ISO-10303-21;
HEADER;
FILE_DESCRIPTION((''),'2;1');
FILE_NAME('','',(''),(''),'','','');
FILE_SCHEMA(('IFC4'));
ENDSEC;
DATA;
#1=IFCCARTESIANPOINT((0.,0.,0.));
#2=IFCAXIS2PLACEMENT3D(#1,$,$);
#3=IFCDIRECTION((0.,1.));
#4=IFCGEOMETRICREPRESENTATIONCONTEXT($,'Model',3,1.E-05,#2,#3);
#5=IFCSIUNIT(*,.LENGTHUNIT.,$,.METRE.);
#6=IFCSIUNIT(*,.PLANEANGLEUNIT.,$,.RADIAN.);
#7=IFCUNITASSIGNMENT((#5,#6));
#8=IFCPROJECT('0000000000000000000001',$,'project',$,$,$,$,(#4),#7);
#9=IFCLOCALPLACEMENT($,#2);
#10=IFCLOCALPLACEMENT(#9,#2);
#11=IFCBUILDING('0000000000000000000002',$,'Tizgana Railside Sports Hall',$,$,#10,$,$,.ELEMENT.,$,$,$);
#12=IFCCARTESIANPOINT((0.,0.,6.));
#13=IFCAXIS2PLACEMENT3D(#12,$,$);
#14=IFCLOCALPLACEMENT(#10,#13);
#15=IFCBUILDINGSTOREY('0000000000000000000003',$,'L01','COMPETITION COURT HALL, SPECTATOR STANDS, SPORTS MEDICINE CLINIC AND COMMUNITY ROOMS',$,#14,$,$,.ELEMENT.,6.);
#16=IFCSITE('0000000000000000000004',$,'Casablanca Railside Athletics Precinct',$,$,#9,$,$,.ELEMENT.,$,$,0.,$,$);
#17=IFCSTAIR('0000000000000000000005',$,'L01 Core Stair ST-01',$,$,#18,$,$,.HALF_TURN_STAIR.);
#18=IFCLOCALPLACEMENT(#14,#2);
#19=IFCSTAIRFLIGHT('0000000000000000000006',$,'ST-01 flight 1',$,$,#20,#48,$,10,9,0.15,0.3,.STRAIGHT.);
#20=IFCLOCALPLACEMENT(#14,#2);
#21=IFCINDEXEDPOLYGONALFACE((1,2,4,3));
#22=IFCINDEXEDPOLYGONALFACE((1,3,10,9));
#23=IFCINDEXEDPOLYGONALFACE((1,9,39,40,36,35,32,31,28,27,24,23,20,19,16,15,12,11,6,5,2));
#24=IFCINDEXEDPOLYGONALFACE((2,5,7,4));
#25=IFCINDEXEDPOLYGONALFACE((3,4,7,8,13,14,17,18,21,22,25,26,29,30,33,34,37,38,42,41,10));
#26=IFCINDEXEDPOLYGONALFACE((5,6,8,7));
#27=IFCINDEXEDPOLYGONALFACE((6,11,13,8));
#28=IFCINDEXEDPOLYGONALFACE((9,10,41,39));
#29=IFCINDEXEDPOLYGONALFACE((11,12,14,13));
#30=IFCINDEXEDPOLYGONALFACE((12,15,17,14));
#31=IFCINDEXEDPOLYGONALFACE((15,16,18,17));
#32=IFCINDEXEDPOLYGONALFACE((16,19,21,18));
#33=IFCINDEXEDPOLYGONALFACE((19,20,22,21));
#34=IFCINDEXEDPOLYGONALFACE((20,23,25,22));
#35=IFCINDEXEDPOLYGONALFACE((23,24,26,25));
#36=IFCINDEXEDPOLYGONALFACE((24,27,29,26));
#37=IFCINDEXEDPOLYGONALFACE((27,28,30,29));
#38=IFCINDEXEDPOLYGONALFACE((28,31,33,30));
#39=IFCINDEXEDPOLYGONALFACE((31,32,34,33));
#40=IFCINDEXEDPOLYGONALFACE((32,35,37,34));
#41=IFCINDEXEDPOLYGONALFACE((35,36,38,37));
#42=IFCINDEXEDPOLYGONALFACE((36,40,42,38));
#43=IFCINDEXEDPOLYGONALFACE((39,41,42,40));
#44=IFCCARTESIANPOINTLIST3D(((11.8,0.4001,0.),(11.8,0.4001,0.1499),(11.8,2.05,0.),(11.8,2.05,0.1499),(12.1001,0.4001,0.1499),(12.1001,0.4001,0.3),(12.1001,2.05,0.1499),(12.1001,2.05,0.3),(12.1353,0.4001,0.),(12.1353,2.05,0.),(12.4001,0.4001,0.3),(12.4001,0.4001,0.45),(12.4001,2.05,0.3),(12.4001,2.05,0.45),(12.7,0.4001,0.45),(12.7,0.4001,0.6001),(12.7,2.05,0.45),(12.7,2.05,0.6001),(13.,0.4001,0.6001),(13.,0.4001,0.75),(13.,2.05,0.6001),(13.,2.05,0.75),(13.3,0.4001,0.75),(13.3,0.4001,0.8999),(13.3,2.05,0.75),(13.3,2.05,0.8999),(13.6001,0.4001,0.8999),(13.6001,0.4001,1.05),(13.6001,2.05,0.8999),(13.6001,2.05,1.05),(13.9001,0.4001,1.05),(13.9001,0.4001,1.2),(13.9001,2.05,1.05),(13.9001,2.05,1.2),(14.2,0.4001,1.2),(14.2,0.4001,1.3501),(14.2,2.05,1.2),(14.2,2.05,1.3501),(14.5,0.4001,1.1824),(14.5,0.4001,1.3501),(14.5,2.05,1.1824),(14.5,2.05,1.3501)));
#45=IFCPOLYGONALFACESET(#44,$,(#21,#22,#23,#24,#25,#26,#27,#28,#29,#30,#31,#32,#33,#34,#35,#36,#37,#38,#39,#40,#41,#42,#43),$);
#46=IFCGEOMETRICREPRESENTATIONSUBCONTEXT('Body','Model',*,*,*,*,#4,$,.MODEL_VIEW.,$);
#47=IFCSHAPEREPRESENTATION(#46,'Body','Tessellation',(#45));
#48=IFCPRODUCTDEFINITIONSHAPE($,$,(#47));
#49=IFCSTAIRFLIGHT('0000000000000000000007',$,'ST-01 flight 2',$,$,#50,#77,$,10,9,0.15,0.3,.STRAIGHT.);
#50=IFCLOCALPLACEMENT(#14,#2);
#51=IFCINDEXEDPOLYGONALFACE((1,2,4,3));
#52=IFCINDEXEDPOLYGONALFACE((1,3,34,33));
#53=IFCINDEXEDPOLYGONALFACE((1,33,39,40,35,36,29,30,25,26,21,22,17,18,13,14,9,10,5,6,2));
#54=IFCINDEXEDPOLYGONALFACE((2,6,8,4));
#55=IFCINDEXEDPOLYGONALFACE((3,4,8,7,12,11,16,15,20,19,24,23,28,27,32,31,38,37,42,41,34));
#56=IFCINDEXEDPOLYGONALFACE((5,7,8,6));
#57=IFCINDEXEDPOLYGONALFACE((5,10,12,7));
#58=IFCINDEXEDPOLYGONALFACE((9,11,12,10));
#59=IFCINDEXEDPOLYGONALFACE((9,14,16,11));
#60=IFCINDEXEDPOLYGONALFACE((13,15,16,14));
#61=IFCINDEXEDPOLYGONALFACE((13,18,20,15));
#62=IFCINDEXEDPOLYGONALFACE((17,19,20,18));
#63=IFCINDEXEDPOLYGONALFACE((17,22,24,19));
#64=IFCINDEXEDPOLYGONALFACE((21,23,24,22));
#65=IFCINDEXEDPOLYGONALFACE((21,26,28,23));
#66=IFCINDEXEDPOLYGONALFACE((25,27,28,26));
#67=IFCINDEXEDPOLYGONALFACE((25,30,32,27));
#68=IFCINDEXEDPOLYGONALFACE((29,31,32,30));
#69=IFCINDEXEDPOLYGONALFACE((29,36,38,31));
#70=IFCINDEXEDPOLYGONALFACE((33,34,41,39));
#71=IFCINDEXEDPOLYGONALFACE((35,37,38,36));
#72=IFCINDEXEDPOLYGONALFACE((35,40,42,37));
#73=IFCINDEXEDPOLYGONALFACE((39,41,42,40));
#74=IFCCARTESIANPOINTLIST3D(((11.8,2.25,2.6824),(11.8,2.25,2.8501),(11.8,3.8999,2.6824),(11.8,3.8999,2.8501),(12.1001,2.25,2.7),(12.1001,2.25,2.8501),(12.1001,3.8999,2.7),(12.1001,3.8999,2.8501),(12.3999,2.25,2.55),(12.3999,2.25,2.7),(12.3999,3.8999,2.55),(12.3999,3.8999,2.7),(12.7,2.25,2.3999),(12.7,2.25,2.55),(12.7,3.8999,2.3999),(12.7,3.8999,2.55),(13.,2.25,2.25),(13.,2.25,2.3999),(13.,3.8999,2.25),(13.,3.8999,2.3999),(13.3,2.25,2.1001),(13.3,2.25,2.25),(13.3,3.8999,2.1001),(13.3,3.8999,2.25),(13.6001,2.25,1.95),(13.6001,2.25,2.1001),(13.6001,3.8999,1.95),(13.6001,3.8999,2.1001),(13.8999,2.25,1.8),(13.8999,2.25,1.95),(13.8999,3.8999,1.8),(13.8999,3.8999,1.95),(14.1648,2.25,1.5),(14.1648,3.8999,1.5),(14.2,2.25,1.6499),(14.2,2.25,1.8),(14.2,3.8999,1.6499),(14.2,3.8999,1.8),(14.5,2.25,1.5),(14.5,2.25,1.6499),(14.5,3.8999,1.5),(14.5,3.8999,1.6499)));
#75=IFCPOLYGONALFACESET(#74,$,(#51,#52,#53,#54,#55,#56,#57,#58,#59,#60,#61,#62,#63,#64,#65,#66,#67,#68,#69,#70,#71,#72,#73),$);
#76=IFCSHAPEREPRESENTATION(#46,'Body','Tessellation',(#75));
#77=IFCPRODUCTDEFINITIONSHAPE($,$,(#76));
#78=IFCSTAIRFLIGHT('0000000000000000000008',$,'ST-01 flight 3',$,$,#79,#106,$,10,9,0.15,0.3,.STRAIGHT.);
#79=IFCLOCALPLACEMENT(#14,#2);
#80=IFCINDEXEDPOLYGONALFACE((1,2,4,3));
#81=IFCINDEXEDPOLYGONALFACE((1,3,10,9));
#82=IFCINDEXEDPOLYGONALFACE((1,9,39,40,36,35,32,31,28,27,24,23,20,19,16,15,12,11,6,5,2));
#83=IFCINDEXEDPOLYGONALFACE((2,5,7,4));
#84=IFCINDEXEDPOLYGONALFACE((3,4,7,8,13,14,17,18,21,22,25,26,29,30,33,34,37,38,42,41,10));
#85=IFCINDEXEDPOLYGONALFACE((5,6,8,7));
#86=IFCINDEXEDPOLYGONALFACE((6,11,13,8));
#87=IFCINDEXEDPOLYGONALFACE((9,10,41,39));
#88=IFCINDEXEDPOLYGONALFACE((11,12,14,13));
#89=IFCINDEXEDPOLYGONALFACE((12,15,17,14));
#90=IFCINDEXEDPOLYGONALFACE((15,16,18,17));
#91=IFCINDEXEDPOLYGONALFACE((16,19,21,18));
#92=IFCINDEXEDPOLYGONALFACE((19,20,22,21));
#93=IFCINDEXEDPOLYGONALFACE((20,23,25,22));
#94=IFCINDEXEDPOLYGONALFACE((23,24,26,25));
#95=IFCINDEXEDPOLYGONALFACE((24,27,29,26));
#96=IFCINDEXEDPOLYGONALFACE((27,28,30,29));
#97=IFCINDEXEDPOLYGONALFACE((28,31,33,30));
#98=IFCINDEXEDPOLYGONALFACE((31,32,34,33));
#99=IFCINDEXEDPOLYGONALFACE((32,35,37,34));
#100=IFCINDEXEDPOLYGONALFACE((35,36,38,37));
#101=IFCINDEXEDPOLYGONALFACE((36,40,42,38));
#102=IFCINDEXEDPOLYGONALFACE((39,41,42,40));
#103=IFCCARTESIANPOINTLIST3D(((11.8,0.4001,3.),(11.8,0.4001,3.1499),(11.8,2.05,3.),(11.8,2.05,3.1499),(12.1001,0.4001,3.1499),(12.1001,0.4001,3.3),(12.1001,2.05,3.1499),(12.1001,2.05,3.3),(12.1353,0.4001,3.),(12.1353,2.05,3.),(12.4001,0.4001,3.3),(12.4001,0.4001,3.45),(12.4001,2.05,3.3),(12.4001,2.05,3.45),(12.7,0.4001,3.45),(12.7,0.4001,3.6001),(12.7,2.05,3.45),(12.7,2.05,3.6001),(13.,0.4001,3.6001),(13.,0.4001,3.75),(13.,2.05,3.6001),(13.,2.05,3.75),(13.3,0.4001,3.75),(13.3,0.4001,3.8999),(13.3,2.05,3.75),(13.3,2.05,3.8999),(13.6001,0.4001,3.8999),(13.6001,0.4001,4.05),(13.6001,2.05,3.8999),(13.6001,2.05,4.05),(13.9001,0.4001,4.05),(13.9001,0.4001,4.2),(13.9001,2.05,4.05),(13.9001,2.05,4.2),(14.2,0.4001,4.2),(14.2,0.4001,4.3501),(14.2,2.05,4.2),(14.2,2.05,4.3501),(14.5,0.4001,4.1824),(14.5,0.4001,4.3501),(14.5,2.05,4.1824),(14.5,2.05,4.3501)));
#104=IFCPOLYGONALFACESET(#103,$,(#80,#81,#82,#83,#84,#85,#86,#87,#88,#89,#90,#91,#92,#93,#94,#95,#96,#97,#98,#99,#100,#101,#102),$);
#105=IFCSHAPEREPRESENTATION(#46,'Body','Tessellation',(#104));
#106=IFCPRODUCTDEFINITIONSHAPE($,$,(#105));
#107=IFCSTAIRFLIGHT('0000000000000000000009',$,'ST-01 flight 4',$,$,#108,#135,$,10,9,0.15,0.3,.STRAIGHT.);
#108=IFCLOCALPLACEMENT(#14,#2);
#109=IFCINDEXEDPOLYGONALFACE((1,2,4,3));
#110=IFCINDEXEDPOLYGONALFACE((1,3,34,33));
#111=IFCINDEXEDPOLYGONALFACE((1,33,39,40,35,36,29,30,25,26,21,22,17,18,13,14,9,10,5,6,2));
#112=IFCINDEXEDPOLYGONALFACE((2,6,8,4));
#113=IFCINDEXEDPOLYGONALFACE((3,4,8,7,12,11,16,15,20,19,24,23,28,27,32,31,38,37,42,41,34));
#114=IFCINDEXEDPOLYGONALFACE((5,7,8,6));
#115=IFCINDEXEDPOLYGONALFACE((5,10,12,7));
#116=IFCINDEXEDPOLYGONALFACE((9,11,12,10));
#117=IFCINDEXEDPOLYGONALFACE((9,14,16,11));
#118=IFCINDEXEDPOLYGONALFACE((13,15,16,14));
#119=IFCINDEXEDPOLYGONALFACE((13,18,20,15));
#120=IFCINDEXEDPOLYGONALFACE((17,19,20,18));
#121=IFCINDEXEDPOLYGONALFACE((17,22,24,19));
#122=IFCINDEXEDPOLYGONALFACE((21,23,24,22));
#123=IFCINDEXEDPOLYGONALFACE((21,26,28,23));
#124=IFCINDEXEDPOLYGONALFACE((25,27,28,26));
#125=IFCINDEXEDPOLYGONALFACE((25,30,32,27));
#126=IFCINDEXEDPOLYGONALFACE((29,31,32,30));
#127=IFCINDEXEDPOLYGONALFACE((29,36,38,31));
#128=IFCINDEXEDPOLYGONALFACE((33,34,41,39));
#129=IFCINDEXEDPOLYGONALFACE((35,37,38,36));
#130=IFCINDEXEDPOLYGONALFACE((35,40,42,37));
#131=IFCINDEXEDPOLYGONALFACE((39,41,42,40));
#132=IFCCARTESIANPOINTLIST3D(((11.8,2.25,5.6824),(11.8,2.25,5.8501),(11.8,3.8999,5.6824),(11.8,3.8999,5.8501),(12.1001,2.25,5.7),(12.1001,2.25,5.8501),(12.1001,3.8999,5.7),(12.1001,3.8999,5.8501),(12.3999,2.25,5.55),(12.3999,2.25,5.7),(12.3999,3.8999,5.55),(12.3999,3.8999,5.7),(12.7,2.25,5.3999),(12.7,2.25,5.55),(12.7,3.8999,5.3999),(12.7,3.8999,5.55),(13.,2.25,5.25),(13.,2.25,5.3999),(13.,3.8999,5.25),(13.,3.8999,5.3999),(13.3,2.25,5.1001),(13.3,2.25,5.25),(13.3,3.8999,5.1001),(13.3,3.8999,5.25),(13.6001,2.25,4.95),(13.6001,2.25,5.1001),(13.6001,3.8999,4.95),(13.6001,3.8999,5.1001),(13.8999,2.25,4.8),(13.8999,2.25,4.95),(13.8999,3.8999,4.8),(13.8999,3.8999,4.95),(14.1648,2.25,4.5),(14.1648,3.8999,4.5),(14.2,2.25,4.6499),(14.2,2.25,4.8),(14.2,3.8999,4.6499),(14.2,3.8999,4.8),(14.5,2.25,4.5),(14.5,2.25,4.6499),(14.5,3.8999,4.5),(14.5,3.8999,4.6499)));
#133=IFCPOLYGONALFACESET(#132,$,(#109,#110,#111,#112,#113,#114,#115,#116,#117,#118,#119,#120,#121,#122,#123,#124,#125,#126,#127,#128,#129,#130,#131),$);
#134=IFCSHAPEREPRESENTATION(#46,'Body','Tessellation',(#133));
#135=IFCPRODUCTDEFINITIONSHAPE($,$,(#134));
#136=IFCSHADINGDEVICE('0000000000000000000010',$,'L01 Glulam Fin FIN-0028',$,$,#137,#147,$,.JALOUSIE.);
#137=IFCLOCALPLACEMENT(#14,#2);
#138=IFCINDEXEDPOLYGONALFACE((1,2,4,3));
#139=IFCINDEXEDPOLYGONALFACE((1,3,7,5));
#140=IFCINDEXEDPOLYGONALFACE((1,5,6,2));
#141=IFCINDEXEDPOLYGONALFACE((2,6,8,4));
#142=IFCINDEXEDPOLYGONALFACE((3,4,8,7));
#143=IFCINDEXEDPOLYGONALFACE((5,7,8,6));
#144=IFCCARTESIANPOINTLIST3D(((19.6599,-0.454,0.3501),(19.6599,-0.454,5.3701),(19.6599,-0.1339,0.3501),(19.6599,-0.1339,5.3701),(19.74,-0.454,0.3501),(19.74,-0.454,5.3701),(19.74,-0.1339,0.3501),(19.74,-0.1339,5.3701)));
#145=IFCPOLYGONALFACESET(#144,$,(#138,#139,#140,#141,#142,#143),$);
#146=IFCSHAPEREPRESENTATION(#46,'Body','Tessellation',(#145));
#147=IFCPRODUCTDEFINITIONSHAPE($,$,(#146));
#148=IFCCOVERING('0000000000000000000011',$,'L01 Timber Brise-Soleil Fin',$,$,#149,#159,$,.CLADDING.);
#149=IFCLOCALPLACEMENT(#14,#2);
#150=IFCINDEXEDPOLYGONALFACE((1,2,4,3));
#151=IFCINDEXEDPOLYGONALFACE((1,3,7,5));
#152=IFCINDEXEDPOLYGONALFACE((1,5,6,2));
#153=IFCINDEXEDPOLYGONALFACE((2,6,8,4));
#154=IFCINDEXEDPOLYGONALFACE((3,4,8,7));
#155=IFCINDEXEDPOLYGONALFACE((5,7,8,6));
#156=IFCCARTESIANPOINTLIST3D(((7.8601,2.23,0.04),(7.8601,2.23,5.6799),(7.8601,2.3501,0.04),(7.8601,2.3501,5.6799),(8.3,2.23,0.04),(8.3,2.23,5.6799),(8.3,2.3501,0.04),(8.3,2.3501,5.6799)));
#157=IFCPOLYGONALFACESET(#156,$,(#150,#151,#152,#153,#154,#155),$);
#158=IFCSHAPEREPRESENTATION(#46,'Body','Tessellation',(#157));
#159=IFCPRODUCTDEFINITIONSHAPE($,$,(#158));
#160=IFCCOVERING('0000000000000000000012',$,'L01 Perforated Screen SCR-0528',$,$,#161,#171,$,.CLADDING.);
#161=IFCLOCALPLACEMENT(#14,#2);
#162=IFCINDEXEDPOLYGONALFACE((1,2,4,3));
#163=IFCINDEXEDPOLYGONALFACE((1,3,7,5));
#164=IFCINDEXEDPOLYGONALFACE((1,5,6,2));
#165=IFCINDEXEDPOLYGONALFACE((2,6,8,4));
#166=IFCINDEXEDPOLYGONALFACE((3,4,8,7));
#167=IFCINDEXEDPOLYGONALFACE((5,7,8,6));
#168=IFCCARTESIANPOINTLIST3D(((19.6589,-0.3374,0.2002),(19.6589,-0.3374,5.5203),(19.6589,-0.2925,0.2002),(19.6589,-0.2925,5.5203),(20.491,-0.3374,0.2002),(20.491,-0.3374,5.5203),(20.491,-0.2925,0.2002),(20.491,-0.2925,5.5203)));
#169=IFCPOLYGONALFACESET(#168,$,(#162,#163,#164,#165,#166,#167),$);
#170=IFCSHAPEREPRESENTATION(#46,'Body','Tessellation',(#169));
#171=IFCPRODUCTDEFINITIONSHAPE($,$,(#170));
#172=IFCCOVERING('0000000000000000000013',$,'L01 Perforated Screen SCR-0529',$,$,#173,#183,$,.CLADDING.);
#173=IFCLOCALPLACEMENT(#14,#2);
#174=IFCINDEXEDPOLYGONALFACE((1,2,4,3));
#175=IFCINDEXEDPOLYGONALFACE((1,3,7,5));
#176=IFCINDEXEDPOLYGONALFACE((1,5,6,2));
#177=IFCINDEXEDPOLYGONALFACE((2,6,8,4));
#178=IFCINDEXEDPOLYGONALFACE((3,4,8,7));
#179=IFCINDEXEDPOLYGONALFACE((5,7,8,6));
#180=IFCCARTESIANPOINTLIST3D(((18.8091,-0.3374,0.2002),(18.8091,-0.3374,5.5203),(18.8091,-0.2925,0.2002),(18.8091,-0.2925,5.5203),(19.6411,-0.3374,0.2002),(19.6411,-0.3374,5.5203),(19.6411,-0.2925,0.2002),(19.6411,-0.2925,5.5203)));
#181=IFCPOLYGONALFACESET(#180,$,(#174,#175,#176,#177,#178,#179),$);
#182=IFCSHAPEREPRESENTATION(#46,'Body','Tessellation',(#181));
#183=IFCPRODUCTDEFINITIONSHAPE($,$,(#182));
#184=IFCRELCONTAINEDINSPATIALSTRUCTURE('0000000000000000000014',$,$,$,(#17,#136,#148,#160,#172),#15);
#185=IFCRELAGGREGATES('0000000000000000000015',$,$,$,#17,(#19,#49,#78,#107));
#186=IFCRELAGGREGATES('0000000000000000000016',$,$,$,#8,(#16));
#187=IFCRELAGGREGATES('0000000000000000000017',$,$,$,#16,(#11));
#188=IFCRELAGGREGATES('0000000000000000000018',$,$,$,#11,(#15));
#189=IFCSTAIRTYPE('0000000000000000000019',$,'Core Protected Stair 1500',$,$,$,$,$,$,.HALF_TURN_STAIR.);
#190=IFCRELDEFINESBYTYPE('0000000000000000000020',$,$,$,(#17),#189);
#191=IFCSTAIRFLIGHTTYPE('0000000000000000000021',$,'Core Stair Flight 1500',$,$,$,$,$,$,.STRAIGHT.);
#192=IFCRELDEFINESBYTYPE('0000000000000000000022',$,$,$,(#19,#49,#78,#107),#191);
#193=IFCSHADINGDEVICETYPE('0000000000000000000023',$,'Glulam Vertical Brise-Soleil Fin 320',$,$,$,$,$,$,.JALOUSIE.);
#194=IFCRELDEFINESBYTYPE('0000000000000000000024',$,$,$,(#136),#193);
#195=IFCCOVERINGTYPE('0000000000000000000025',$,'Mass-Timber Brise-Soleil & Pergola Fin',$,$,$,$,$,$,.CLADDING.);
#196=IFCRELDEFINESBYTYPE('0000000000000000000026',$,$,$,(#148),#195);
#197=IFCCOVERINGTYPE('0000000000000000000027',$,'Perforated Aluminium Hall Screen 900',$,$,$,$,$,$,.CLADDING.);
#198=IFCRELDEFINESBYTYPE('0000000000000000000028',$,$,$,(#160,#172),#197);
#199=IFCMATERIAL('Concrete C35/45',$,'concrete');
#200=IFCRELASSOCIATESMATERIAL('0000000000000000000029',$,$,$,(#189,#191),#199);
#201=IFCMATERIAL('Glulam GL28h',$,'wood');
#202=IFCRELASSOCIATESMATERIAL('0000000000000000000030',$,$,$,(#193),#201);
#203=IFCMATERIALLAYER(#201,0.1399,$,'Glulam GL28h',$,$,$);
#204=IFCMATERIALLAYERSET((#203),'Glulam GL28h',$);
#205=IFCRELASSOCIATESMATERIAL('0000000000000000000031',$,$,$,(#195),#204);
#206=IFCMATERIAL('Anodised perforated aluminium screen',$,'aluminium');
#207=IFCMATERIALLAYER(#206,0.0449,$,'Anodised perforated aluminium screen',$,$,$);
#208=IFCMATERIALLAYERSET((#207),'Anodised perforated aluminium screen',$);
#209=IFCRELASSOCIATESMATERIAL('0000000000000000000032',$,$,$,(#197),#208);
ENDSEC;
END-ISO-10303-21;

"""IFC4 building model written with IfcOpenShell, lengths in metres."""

from ifc_helpers import new_model, si_unit, direction, frame, origin, origin_2d, place, context, subcontext, project, spatial, polyline, rectangle, outline, extrude, material, layer, layer_set, type_object, element, aggregate, save


model = new_model("IFC4")

# Units and contexts
model_context = context("Model", 3, precision=1e-05, world=origin(), true_north=direction((0.0, 1.0)))
body_context = subcontext(model_context, "Body", "Model", "MODEL_VIEW")
ifc_project = project(units=[si_unit("LENGTHUNIT", "METRE"), si_unit("PLANEANGLEUNIT", "RADIAN")], contexts=[model_context])

# Site, building, storey
site_placement = place(None, origin())
site = spatial("IfcSite", under=ifc_project, at=site_placement, Name="Casablanca Railside Athletics Precinct", CompositionType="ELEMENT", RefElevation=0.0)
building_placement = place(site_placement, origin())
building = spatial("IfcBuilding", under=site, at=building_placement, Name="Tizgana Railside Sports Hall", CompositionType="ELEMENT")
storey_placement = place(building_placement, frame((0.0, 0.0, 6.0)))
storey = spatial("IfcBuildingStorey", under=building, at=storey_placement, Name="L01", Description="COMPETITION COURT HALL, SPECTATOR STANDS, SPORTS MEDICINE CLINIC AND COMMUNITY ROOMS", CompositionType="ELEMENT", Elevation=6.0)

# Shared definitions
ifc_material_1 = material(Name="Concrete C35/45", Category="concrete")

# Stair, stair flights
stair_type = type_object("IfcStairType", Name="Core Protected Stair 1500", PredefinedType="HALF_TURN_STAIR", material=ifc_material_1)
stair_placement = place(storey_placement, origin())
stair = element("IfcStair", 1, at=stair_placement, inside=storey, type_object=stair_type, Name="L01 Core Stair ST-01", PredefinedType="HALF_TURN_STAIR")
stair_flight_type = type_object("IfcStairFlightType", Name="Core Stair Flight 1500", PredefinedType="STRAIGHT", material=ifc_material_1)
stair_flight_1_placement = place(storey_placement, frame((11.8, 1.2251, 0.0), z_axis=(0.0, 0.0, 1.0), x_axis=(1.0, 0.0, 0.0)))
stair_flight_1 = element("IfcStairFlight", 2, at=stair_flight_1_placement, type_object=stair_flight_type, Name="ST-01 flight 1", NumberOfRisers=10, NumberOfTreads=9, PredefinedType="STRAIGHT", RiserHeight=0.15, TreadLength=0.3, context=body_context, shape_type="SweptSolid", body=[
    extrude(outline(polyline([(0.0, 0.0), (0.0, 0.1499), (0.3, 0.1499), (0.3, 0.3), (0.6001, 0.3), (0.6001, 0.45), (0.8999, 0.45), (0.8999, 0.6001), (1.2, 0.6001), (1.2, 0.75), (1.5, 0.75), (1.5, 0.8999), (1.8, 0.8999), (1.8, 1.05), (2.1001, 1.05), (2.1001, 1.2), (2.3999, 1.2), (2.3999, 1.3501), (2.7, 1.3501), (2.7, 1.5), (2.7, 1.1824), (0.3352, 0.0), (0.0, 0.0)])), frame((0.0, 0.825, 0.0), z_axis=(0.0, -1.0, 0.0), x_axis=(1.0, 0.0, 0.0)), (0.0, 0.0, 1.0), 1.6499),
])
stair_flight_2_placement = place(storey_placement, frame((14.5, 3.075, 1.5), z_axis=(0.0, 0.0, 1.0), x_axis=(-1.0, 0.0, 0.0)))
stair_flight_2 = element("IfcStairFlight", 3, at=stair_flight_2_placement, type_object=stair_flight_type, Name="ST-01 flight 2", NumberOfRisers=10, NumberOfTreads=9, PredefinedType="STRAIGHT", RiserHeight=0.15, TreadLength=0.3, context=body_context, shape_type="SweptSolid", body=[
    extrude(outline(polyline([(0.0, 0.0), (0.0, 0.1499), (0.3, 0.1499), (0.3, 0.3), (0.6001, 0.3), (0.6001, 0.45), (0.8999, 0.45), (0.8999, 0.6001), (1.2, 0.6001), (1.2, 0.75), (1.5, 0.75), (1.5, 0.8999), (1.8, 0.8999), (1.8, 1.05), (2.1001, 1.05), (2.1001, 1.2), (2.3999, 1.2), (2.3999, 1.3501), (2.7, 1.3501), (2.7, 1.5), (2.7, 1.1824), (0.3352, 0.0), (0.0, 0.0)])), frame((0.0, 0.825, 0.0), z_axis=(0.0, -1.0, 0.0), x_axis=(1.0, 0.0, 0.0)), (0.0, 0.0, 1.0), 1.6499),
])
stair_flight_3_placement = place(storey_placement, frame((11.8, 1.2251, 3.0), z_axis=(0.0, 0.0, 1.0), x_axis=(1.0, 0.0, 0.0)))
stair_flight_3 = element("IfcStairFlight", 4, at=stair_flight_3_placement, type_object=stair_flight_type, Name="ST-01 flight 3", NumberOfRisers=10, NumberOfTreads=9, PredefinedType="STRAIGHT", RiserHeight=0.15, TreadLength=0.3, context=body_context, shape_type="SweptSolid", body=[
    extrude(outline(polyline([(0.0, 0.0), (0.0, 0.1499), (0.3, 0.1499), (0.3, 0.3), (0.6001, 0.3), (0.6001, 0.45), (0.8999, 0.45), (0.8999, 0.6001), (1.2, 0.6001), (1.2, 0.75), (1.5, 0.75), (1.5, 0.8999), (1.8, 0.8999), (1.8, 1.05), (2.1001, 1.05), (2.1001, 1.2), (2.3999, 1.2), (2.3999, 1.3501), (2.7, 1.3501), (2.7, 1.5), (2.7, 1.1824), (0.3352, 0.0), (0.0, 0.0)])), frame((0.0, 0.825, 0.0), z_axis=(0.0, -1.0, 0.0), x_axis=(1.0, 0.0, 0.0)), (0.0, 0.0, 1.0), 1.6499),
])
stair_flight_4_placement = place(storey_placement, frame((14.5, 3.075, 4.5), z_axis=(0.0, 0.0, 1.0), x_axis=(-1.0, 0.0, 0.0)))
stair_flight_4 = element("IfcStairFlight", 5, at=stair_flight_4_placement, type_object=stair_flight_type, Name="ST-01 flight 4", NumberOfRisers=10, NumberOfTreads=9, PredefinedType="STRAIGHT", RiserHeight=0.15, TreadLength=0.3, context=body_context, shape_type="SweptSolid", body=[
    extrude(outline(polyline([(0.0, 0.0), (0.0, 0.1499), (0.3, 0.1499), (0.3, 0.3), (0.6001, 0.3), (0.6001, 0.45), (0.8999, 0.45), (0.8999, 0.6001), (1.2, 0.6001), (1.2, 0.75), (1.5, 0.75), (1.5, 0.8999), (1.8, 0.8999), (1.8, 1.05), (2.1001, 1.05), (2.1001, 1.2), (2.3999, 1.2), (2.3999, 1.3501), (2.7, 1.3501), (2.7, 1.5), (2.7, 1.1824), (0.3352, 0.0), (0.0, 0.0)])), frame((0.0, 0.825, 0.0), z_axis=(0.0, -1.0, 0.0), x_axis=(1.0, 0.0, 0.0)), (0.0, 0.0, 1.0), 1.6499),
])
aggregate(stair, [stair_flight_1, stair_flight_2, stair_flight_3, stair_flight_4])

# Shading device
ifc_material_2 = material(Name="Glulam GL28h", Category="wood")
shading_device_type = type_object("IfcShadingDeviceType", Name="Glulam Vertical Brise-Soleil Fin 320", PredefinedType="JALOUSIE", material=ifc_material_2)
shading_device_placement = place(storey_placement, frame((19.7, -0.2939, 0.3501), z_axis=(0.0, 0.0, 1.0), x_axis=(-1.0, 0.0, 0.0)))
element("IfcShadingDevice", 6, at=shading_device_placement, inside=storey, type_object=shading_device_type, Name="L01 Glulam Fin FIN-0028", PredefinedType="JALOUSIE", context=body_context, shape_type="SweptSolid", body=[
    extrude(rectangle(XDim=0.0801, YDim=0.3201, at=origin_2d()), origin(), (0.0, 0.0, 1.0), 5.02),
])

# Coverings
ifc_layer_1 = layer(ifc_material_2, 0.1399, Name="Glulam GL28h")
ifc_layer_set_1 = layer_set([ifc_layer_1], Name="Glulam GL28h")
covering_type_1 = type_object("IfcCoveringType", Name="Mass-Timber Brise-Soleil & Pergola Fin", PredefinedType="CLADDING", material=ifc_layer_set_1)
covering_placement = place(storey_placement, frame((8.0801, 2.29, 0.04), z_axis=(0.0, 0.0, 1.0), x_axis=(0.0, -1.0, 0.0)))
element("IfcCovering", 7, at=covering_placement, inside=storey, type_object=covering_type_1, Name="L01 Timber Brise-Soleil Fin", PredefinedType="CLADDING", context=body_context, shape_type="SweptSolid", body=[
    extrude(rectangle(XDim=0.1201, YDim=0.4399, at=origin_2d()), origin(), (0.0, 0.0, 1.0), 5.6399),
])
ifc_material_3 = material(Name="Anodised perforated aluminium screen", Category="aluminium")
ifc_layer_2 = layer(ifc_material_3, 0.0449, Name="Anodised perforated aluminium screen")
ifc_layer_set_2 = layer_set([ifc_layer_2], Name="Anodised perforated aluminium screen")
covering_type_2 = type_object("IfcCoveringType", Name="Perforated Aluminium Hall Screen 900", PredefinedType="CLADDING", material=ifc_layer_set_2)
for number, where, z_axis, x_axis, name in (
    (8, (20.075, -0.3149, 0.2002), (0.0, 0.0, 1.0), (-1.0, 0.0, 0.0), "L01 Perforated Screen SCR-0528"),
    (9, (19.2251, -0.3149, 0.2002), (0.0, 0.0, 1.0), (-1.0, 0.0, 0.0), "L01 Perforated Screen SCR-0529"),
):
    element("IfcCovering", number, at=place(storey_placement, frame(where, z_axis=z_axis, x_axis=x_axis)), inside=storey, type_object=covering_type_2, Name=name, PredefinedType="CLADDING", context=body_context, shape_type="SweptSolid", body=[
        extrude(rectangle(XDim=0.832, YDim=0.0449, at=origin_2d()), origin(), (0.0, 0.0, 1.0), 5.3201),
    ])

save(model, "model.ifc")
